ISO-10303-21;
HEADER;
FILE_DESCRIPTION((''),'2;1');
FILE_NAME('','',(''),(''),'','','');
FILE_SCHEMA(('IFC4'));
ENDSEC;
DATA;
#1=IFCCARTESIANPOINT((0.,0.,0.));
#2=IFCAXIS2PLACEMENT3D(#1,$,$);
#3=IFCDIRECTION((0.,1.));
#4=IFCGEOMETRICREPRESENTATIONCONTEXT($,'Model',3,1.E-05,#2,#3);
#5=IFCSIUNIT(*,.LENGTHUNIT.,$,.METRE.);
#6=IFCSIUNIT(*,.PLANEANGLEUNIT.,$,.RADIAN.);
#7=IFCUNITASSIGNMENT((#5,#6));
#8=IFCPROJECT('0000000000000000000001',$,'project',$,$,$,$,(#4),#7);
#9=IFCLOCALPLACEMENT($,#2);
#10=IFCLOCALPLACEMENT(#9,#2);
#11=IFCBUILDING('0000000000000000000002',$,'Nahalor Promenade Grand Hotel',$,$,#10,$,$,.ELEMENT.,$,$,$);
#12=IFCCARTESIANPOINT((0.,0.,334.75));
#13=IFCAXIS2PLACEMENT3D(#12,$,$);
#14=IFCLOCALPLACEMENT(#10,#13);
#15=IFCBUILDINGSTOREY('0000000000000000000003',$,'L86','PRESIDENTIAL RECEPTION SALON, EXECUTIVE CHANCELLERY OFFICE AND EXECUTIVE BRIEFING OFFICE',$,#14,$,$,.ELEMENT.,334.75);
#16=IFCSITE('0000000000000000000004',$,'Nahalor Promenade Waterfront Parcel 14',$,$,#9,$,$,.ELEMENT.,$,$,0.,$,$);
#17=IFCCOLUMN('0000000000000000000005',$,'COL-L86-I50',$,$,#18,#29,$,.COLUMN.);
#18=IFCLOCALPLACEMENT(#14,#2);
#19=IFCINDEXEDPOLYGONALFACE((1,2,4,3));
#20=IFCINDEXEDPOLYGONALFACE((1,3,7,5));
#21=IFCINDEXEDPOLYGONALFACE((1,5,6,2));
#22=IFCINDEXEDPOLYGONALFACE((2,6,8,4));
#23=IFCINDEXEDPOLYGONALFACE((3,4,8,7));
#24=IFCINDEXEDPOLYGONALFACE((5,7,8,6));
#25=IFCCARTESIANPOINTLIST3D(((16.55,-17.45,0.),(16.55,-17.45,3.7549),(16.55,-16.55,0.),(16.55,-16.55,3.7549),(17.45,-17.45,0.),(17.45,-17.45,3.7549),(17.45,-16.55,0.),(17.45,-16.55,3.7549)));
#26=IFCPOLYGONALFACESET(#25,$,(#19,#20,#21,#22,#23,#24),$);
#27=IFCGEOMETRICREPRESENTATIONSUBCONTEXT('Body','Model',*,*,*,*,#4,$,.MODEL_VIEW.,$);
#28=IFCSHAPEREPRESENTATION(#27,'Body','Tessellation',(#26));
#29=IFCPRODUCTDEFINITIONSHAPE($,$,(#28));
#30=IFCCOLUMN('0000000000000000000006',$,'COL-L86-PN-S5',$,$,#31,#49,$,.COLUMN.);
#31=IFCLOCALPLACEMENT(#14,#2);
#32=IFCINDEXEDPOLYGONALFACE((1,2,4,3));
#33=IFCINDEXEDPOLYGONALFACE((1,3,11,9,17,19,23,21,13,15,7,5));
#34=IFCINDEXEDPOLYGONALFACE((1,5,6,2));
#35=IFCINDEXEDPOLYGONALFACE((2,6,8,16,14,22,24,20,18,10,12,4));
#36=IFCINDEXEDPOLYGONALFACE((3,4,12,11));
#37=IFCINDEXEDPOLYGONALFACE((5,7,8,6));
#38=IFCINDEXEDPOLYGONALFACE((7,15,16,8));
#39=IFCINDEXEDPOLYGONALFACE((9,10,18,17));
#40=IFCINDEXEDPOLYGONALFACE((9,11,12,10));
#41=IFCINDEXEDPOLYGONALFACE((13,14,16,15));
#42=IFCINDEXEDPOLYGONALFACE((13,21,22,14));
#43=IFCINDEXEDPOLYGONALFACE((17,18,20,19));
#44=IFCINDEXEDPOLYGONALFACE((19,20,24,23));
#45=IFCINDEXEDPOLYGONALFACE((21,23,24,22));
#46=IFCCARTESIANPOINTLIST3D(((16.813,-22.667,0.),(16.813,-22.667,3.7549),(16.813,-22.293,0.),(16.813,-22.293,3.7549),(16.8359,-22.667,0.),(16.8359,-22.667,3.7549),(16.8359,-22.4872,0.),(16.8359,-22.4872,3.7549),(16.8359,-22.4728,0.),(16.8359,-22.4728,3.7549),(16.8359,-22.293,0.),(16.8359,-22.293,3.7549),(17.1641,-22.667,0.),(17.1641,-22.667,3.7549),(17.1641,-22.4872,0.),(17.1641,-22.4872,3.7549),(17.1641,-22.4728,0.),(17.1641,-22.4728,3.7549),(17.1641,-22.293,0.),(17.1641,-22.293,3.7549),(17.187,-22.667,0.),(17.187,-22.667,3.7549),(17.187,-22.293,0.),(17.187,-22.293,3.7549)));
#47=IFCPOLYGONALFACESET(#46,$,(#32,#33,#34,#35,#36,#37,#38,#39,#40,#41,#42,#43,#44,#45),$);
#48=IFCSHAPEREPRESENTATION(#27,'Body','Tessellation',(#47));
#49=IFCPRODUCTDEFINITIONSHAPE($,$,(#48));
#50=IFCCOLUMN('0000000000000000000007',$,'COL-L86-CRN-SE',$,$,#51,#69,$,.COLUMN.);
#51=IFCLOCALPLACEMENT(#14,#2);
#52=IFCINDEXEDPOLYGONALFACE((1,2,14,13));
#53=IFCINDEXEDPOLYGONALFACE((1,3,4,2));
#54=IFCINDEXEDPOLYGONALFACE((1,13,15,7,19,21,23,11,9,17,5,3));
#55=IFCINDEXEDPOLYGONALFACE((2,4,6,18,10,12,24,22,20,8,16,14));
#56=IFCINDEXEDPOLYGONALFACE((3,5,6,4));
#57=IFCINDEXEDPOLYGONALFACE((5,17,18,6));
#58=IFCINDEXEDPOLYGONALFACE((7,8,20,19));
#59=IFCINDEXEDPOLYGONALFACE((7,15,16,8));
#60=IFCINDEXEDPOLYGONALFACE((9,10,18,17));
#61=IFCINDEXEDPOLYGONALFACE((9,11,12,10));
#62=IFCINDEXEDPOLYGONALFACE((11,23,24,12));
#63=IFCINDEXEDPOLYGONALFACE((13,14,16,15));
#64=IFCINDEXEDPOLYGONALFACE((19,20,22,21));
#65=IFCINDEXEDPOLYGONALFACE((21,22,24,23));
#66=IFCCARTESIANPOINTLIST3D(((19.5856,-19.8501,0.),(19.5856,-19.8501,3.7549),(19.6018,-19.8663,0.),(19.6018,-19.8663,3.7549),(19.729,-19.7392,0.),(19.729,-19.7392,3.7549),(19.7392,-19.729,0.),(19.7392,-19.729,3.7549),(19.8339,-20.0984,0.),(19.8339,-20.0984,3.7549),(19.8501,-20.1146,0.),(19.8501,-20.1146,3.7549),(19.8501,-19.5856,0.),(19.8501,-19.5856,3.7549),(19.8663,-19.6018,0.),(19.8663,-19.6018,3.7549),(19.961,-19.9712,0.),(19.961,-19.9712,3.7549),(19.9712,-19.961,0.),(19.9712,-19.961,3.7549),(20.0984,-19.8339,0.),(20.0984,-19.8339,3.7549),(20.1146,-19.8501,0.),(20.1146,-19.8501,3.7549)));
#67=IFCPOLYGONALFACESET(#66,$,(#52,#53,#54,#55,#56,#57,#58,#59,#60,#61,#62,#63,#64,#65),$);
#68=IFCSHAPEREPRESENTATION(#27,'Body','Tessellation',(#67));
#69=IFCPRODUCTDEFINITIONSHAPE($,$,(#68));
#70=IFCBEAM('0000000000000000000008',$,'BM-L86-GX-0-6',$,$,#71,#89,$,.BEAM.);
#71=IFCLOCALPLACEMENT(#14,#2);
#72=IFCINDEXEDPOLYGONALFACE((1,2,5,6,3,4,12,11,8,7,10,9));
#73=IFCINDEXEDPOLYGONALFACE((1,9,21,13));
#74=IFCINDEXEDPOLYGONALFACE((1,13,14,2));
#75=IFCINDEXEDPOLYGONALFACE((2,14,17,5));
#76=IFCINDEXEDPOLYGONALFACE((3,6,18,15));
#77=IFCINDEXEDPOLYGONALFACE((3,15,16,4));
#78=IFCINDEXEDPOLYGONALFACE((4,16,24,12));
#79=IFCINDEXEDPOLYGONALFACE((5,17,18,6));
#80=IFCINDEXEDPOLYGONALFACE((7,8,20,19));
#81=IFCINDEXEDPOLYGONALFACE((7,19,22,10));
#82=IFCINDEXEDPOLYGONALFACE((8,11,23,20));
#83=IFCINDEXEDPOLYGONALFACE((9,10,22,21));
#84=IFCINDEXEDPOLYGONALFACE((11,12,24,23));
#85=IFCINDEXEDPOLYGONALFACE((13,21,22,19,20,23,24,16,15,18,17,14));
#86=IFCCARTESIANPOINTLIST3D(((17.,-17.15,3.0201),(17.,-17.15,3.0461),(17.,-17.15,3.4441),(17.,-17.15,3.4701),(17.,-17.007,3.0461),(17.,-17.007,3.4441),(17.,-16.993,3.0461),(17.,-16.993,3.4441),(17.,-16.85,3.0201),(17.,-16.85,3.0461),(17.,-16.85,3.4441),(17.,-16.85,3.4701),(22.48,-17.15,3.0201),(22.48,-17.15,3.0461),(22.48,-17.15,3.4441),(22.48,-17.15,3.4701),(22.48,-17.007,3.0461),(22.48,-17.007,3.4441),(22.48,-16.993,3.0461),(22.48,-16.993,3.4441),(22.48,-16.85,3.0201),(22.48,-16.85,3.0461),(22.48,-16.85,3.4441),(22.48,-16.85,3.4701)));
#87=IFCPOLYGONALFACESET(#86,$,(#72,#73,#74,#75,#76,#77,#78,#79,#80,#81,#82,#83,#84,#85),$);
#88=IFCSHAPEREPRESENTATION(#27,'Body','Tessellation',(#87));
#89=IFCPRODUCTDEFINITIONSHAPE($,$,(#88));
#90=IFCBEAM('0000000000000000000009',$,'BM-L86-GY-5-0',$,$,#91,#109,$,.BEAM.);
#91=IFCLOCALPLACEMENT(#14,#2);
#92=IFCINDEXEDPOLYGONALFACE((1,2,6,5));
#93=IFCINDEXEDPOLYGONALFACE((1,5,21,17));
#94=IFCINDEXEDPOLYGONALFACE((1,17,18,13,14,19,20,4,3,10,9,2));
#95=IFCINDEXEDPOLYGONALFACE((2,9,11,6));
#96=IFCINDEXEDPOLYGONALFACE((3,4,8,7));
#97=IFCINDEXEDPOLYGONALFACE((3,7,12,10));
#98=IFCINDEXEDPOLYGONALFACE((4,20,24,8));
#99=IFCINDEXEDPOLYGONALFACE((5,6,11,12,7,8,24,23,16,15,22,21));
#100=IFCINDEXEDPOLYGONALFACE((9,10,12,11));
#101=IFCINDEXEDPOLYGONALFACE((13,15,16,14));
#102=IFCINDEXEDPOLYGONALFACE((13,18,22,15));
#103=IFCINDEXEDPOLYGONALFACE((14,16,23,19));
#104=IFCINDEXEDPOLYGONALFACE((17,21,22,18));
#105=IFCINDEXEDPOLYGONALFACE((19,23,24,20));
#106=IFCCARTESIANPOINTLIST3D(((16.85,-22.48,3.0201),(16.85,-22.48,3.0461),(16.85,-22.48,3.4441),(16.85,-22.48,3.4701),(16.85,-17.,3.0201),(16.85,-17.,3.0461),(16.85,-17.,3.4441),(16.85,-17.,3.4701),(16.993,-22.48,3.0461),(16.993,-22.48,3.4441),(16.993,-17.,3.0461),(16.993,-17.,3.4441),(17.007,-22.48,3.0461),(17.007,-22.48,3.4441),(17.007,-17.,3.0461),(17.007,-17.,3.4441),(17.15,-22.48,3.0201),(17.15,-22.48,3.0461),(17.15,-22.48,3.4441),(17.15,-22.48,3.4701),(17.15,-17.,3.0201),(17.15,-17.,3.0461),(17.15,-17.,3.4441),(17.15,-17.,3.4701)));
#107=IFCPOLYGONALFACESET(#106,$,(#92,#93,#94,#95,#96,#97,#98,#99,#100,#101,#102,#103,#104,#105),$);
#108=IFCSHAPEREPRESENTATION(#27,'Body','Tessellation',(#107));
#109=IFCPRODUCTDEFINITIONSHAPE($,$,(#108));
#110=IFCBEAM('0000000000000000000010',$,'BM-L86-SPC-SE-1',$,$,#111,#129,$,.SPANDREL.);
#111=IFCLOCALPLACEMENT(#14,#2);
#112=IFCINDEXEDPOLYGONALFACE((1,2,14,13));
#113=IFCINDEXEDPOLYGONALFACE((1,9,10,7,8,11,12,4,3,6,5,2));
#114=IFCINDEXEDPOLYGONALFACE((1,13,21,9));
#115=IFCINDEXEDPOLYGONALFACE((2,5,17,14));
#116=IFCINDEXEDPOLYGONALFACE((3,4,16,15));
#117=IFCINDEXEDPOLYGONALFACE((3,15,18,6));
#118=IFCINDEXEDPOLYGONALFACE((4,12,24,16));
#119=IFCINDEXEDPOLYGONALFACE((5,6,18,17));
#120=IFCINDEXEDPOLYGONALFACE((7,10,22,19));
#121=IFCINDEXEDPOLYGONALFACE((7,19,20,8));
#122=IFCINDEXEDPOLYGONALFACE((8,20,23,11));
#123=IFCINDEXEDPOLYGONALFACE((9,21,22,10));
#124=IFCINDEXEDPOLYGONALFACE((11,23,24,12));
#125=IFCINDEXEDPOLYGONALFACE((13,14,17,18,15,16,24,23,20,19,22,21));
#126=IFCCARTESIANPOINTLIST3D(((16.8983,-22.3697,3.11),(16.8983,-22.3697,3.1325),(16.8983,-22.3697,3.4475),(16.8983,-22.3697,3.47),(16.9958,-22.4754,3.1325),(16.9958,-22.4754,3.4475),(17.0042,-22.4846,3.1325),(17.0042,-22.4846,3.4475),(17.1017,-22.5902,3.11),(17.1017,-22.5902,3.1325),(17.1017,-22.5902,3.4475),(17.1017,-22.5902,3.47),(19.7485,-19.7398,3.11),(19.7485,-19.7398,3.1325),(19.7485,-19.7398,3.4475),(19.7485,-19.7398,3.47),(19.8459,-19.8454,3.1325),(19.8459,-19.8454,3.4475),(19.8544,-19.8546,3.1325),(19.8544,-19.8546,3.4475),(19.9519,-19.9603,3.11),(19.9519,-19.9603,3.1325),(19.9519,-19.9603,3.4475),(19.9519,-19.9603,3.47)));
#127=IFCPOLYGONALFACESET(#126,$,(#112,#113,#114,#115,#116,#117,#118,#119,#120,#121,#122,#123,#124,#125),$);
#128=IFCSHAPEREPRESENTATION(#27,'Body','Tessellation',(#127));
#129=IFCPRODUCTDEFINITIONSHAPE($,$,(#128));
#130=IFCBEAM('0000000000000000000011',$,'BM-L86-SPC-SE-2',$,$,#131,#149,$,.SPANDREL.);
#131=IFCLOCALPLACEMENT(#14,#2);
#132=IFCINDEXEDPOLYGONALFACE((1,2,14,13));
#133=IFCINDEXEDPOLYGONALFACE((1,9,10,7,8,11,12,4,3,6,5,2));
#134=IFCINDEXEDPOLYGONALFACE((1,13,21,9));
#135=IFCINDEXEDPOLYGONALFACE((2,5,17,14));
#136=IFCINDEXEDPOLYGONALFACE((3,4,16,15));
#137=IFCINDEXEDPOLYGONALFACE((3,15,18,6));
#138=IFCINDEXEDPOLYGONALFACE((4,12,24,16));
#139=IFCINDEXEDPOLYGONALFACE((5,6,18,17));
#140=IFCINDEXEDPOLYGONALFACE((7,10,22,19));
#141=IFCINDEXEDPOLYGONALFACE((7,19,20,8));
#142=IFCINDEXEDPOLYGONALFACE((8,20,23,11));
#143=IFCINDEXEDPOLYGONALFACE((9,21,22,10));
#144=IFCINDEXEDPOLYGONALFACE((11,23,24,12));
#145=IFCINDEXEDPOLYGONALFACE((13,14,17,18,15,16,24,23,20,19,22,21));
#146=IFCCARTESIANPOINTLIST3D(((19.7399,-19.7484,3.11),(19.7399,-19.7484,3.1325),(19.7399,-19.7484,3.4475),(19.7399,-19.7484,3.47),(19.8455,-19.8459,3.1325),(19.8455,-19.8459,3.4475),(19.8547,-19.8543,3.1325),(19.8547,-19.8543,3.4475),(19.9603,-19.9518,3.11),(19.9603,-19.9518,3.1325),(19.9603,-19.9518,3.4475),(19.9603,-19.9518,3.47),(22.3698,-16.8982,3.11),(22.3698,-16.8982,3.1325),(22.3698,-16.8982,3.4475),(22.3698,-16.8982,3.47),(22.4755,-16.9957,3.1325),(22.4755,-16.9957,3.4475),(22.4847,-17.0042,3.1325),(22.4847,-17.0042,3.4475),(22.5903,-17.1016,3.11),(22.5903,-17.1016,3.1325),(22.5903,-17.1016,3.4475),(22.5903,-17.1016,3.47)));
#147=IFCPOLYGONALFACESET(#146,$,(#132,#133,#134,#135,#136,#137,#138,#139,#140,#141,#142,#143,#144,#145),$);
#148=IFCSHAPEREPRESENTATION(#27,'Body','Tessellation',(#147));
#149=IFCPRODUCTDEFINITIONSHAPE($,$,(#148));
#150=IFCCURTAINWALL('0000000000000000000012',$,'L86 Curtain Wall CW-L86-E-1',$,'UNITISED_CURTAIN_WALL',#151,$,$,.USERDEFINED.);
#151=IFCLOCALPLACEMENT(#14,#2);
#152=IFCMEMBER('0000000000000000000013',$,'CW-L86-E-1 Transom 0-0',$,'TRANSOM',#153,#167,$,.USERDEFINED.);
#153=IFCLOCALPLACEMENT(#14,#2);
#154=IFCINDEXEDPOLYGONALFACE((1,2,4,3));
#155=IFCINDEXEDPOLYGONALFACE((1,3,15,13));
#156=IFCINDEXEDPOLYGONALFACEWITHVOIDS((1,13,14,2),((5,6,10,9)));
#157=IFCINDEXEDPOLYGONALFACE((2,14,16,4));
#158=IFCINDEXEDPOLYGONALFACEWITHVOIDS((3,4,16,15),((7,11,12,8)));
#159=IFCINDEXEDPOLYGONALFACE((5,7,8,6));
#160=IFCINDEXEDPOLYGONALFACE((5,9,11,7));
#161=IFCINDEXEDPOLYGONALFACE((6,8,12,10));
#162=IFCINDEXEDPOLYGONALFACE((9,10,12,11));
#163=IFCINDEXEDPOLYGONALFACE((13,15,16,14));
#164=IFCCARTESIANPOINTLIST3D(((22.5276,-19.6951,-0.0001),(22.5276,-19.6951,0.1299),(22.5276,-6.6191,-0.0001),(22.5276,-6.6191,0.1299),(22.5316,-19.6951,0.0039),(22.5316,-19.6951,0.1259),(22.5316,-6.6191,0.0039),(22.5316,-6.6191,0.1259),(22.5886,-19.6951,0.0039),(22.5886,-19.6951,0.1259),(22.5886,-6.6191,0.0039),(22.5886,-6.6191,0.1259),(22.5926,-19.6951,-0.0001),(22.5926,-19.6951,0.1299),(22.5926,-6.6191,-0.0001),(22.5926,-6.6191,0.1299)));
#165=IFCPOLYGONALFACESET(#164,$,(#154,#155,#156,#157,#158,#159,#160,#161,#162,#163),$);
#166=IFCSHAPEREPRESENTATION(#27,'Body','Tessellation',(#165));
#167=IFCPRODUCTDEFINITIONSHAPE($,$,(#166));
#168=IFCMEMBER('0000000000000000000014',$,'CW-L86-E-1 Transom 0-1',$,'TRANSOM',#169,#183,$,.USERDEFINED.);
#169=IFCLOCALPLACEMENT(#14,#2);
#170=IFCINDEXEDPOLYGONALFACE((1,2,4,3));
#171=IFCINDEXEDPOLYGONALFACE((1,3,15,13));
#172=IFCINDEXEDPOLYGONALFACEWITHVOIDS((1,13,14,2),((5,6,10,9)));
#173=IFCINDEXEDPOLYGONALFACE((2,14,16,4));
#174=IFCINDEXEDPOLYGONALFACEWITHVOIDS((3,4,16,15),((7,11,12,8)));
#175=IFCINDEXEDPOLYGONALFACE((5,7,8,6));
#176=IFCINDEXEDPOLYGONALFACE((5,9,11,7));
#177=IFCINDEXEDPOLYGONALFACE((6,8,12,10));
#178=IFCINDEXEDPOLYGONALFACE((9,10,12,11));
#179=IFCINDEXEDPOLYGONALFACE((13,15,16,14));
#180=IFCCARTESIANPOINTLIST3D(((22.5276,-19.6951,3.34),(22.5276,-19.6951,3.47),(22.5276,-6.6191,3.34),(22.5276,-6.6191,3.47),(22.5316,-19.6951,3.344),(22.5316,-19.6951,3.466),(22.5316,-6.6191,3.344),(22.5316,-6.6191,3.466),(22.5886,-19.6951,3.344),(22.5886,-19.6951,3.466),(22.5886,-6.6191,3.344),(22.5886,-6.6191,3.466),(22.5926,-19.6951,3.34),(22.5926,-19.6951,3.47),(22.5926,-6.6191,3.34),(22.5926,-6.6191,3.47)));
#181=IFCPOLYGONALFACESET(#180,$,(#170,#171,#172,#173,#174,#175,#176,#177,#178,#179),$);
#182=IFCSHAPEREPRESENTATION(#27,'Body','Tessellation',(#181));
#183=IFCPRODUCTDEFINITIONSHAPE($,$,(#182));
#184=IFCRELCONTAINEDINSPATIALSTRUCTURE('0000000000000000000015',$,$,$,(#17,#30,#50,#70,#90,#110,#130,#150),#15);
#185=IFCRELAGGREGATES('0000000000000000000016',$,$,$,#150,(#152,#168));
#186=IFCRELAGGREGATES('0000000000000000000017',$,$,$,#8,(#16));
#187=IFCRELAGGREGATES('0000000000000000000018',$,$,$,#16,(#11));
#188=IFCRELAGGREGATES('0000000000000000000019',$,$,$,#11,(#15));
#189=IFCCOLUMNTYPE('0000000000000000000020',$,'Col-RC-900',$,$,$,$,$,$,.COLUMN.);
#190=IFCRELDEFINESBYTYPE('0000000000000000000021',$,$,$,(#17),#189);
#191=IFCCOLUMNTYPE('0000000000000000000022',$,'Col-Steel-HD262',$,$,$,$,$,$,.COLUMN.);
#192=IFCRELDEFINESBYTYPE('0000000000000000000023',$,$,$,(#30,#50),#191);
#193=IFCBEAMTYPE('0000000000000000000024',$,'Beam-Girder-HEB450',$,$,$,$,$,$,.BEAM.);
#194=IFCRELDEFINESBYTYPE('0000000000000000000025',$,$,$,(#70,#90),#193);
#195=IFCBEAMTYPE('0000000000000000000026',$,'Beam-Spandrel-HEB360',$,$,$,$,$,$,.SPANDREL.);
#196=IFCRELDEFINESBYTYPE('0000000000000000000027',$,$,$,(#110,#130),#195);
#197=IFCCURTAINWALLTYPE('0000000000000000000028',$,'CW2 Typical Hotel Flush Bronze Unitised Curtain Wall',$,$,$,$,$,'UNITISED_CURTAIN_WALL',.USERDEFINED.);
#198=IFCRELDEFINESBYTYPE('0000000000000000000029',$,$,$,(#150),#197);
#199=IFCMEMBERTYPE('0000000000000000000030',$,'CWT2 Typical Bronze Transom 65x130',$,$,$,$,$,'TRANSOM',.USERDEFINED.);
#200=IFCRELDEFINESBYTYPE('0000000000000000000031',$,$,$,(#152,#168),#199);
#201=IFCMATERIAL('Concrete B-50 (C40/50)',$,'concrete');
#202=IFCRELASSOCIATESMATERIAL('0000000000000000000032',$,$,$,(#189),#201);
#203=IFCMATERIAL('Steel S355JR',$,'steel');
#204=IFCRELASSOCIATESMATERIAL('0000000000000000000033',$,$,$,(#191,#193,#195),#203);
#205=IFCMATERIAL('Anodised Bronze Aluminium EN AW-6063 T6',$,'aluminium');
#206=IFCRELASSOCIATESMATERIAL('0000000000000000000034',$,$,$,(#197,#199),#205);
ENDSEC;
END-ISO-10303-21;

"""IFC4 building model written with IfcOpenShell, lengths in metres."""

from ifc_helpers import new_model, si_unit, direction, frame, origin, origin_2d, place, context, subcontext, project, spatial, rectangle, hollow_rectangle, i_section, extrude, source, transform, mapped, material, material_profile, profile_set, type_object, element, aggregate, save


model = new_model("IFC4")

# Units and contexts
model_context = context("Model", 3, precision=1e-05, world=origin(), true_north=direction((0.0, 1.0)))
body_context = subcontext(model_context, "Body", "Model", "MODEL_VIEW")
ifc_project = project(units=[si_unit("LENGTHUNIT", "METRE"), si_unit("PLANEANGLEUNIT", "RADIAN")], contexts=[model_context])

# Site, building, storey
site_placement = place(None, origin())
site = spatial("IfcSite", under=ifc_project, at=site_placement, Name="Nahalor Promenade Waterfront Parcel 14", CompositionType="ELEMENT", RefElevation=0.0)
building_placement = place(site_placement, origin())
building = spatial("IfcBuilding", under=site, at=building_placement, Name="Nahalor Promenade Grand Hotel", CompositionType="ELEMENT")
storey_placement = place(building_placement, frame((0.0, 0.0, 334.75)))
storey = spatial("IfcBuildingStorey", under=building, at=storey_placement, Name="L86", Description="PRESIDENTIAL RECEPTION SALON, EXECUTIVE CHANCELLERY OFFICE AND EXECUTIVE BRIEFING OFFICE", CompositionType="ELEMENT", Elevation=334.75)

# Columns
ifc_material_1 = material(Name="Concrete B-50 (C40/50)", Category="concrete")
ifc_material_profile_1 = material_profile(ifc_material_1, rectangle(XDim=0.9, YDim=0.9, at=origin_2d()), Name="RC 900x900")
ifc_profile_set_1 = profile_set([ifc_material_profile_1], Name="Concrete B-50 (C40/50)")
column_type_1 = type_object("IfcColumnType", Name="Col-RC-900", PredefinedType="COLUMN", material=ifc_profile_set_1)
shared_shape_1 = source(origin(), body_context, "Body", "SweptSolid", [
    extrude(rectangle(XDim=0.9, YDim=0.9, at=origin_2d()), origin(), (0.0, 0.0, 1.0), 3.7549),
])
column_placement = place(storey_placement, frame((17.0, -17.0, 0.0), z_axis=(0.0, 0.0, 1.0), x_axis=(1.0, 0.0, 0.0)))
element("IfcColumn", 1, at=column_placement, inside=storey, type_object=column_type_1, Name="COL-L86-I50", PredefinedType="COLUMN", context=body_context, shape_type="MappedRepresentation", body=[
    mapped(shared_shape_1, transform((0.0, 0.0, 0.0), scale=1.0)),
])
ifc_material_2 = material(Name="Steel S355JR", Category="steel")
ifc_material_profile_2 = material_profile(ifc_material_2, i_section(OverallWidth=0.374, OverallDepth=0.374, WebThickness=0.0144, FlangeThickness=0.0229, at=origin_2d()), Name="HD 360x262")
ifc_profile_set_2 = profile_set([ifc_material_profile_2], Name="Steel S355JR")
column_type_2 = type_object("IfcColumnType", Name="Col-Steel-HD262", PredefinedType="COLUMN", material=ifc_profile_set_2)
shared_shape_2 = source(origin(), body_context, "Body", "SweptSolid", [
    extrude(i_section(OverallWidth=0.374, OverallDepth=0.374, WebThickness=0.0144, FlangeThickness=0.0229, at=origin_2d()), origin(), (0.0, 0.0, 1.0), 3.7549),
])
for number, where, z_axis, x_axis, name in (
    (2, (17.0, -22.48, 0.0), (0.0, 0.0, 1.0), (0.0, 1.0, 0.0), "COL-L86-PN-S5"),
    (3, (19.8501, -19.8501, 0.0), (0.0, 0.0, 1.0), (0.707107, 0.707107, 0.0), "COL-L86-CRN-SE"),
):
    element("IfcColumn", number, at=place(storey_placement, frame(where, z_axis=z_axis, x_axis=x_axis)), inside=storey, type_object=column_type_2, Name=name, PredefinedType="COLUMN", context=body_context, shape_type="MappedRepresentation", body=[
        mapped(shared_shape_2, transform((0.0, 0.0, 0.0), scale=1.0)),
    ])

# Beams
ifc_material_profile_3 = material_profile(ifc_material_2, i_section(OverallWidth=0.3, OverallDepth=0.45, WebThickness=0.014, FlangeThickness=0.026, at=origin_2d()), Name="HEB 450")
ifc_profile_set_3 = profile_set([ifc_material_profile_3], Name="Steel S355JR")
beam_type_1 = type_object("IfcBeamType", Name="Beam-Girder-HEB450", PredefinedType="BEAM", material=ifc_profile_set_3)
shared_shape_3 = source(origin(), body_context, "Body", "SweptSolid", [
    extrude(i_section(OverallWidth=0.3, OverallDepth=0.45, WebThickness=0.014, FlangeThickness=0.026, at=origin_2d()), origin(), (0.0, 0.0, 1.0), 5.48),
])
for number, where, z_axis, x_axis, name in (
    (4, (17.0, -17.0, 3.2451), (1.0, 0.0, 0.0), (0.0, 1.0, 0.0), "BM-L86-GX-0-6"),
    (5, (17.0, -22.48, 3.2451), (0.0, 1.0, 0.0), (-1.0, 0.0, 0.0), "BM-L86-GY-5-0"),
):
    element("IfcBeam", number, at=place(storey_placement, frame(where, z_axis=z_axis, x_axis=x_axis)), inside=storey, type_object=beam_type_1, Name=name, PredefinedType="BEAM", context=body_context, shape_type="MappedRepresentation", body=[
        mapped(shared_shape_3, transform((0.0, 0.0, 0.0), scale=1.0)),
    ])
ifc_material_profile_4 = material_profile(ifc_material_2, i_section(OverallWidth=0.3, OverallDepth=0.36, WebThickness=0.0125, FlangeThickness=0.0225, at=origin_2d()), Name="HEB 360")
ifc_profile_set_4 = profile_set([ifc_material_profile_4], Name="Steel S355JR")
beam_type_2 = type_object("IfcBeamType", Name="Beam-Spandrel-HEB360", PredefinedType="SPANDREL", material=ifc_profile_set_4)
shared_shape_4 = source(origin(), body_context, "Body", "SweptSolid", [
    extrude(i_section(OverallWidth=0.3, OverallDepth=0.36, WebThickness=0.0125, FlangeThickness=0.0225, at=origin_2d()), origin(), (0.0, 0.0, 1.0), 3.8782),
])
for number, where, z_axis, x_axis, name in (
    (6, (17.0, -22.48, 3.29), (0.734929, 0.678144, 0.0), (-0.678144, 0.734929, 0.0), "BM-L86-SPC-SE-1"),
    (7, (19.8501, -19.8501, 3.29), (0.678144, 0.734929, 0.0), (-0.734929, 0.678144, 0.0), "BM-L86-SPC-SE-2"),
):
    element("IfcBeam", number, at=place(storey_placement, frame(where, z_axis=z_axis, x_axis=x_axis)), inside=storey, type_object=beam_type_2, Name=name, PredefinedType="SPANDREL", context=body_context, shape_type="MappedRepresentation", body=[
        mapped(shared_shape_4, transform((0.0, 0.0, 0.0), scale=1.0)),
    ])

# Curtain wall, members
ifc_material_3 = material(Name="Anodised Bronze Aluminium EN AW-6063 T6", Category="aluminium")
curtain_wall_type = type_object("IfcCurtainWallType", Name="CW2 Typical Hotel Flush Bronze Unitised Curtain Wall", ElementType="UNITISED_CURTAIN_WALL", PredefinedType="USERDEFINED", material=ifc_material_3)
curtain_wall_1_placement = place(storey_placement, origin())
curtain_wall_1 = element("IfcCurtainWall", 8, at=curtain_wall_1_placement, inside=storey, type_object=curtain_wall_type, Name="L86 Curtain Wall CW-L86-E-1", ObjectType="UNITISED_CURTAIN_WALL", PredefinedType="USERDEFINED")
ifc_material_profile_5 = material_profile(ifc_material_3, hollow_rectangle(XDim=0.065, YDim=0.13, WallThickness=0.004, at=origin_2d()), Name="CWT 65x130x4")
ifc_profile_set_5 = profile_set([ifc_material_profile_5], Name="Anodised Bronze Aluminium EN AW-6063 T6")
member_type_1 = type_object("IfcMemberType", Name="CWT2 Typical Bronze Transom 65x130", ElementType="TRANSOM", PredefinedType="USERDEFINED", material=ifc_profile_set_5)
shared_shape_5 = source(origin(), body_context, "Body", "SweptSolid", [
    extrude(hollow_rectangle(XDim=0.065, YDim=0.13, WallThickness=0.004, at=origin_2d()), origin(), (0.0, 0.0, 1.0), 13.0759),
])
member_1_placement = place(storey_placement, frame((22.5601, -19.6951, 0.0649), z_axis=(0.0, 1.0, 0.0), x_axis=(-1.0, 0.0, 0.0)))
member_1 = element("IfcMember", 9, at=member_1_placement, type_object=member_type_1, Name="CW-L86-E-1 Transom 0-0", ObjectType="TRANSOM", PredefinedType="USERDEFINED", context=body_context, shape_type="MappedRepresentation", body=[
    mapped(shared_shape_5, transform((0.0, 0.0, 0.0), scale=1.0)),
])
member_2_placement = place(storey_placement, frame((22.5601, -19.6951, 3.405), z_axis=(0.0, 1.0, 0.0), x_axis=(-1.0, 0.0, 0.0)))
member_2 = element("IfcMember", 10, at=member_2_placement, type_object=member_type_1, Name="CW-L86-E-1 Transom 0-1", ObjectType="TRANSOM", PredefinedType="USERDEFINED", context=body_context, shape_type="MappedRepresentation", body=[
    mapped(shared_shape_5, transform((0.0, 0.0, 0.0), scale=1.0)),
])

aggregate(curtain_wall_1, [member_1, member_2])

save(model, "model.ifc")
